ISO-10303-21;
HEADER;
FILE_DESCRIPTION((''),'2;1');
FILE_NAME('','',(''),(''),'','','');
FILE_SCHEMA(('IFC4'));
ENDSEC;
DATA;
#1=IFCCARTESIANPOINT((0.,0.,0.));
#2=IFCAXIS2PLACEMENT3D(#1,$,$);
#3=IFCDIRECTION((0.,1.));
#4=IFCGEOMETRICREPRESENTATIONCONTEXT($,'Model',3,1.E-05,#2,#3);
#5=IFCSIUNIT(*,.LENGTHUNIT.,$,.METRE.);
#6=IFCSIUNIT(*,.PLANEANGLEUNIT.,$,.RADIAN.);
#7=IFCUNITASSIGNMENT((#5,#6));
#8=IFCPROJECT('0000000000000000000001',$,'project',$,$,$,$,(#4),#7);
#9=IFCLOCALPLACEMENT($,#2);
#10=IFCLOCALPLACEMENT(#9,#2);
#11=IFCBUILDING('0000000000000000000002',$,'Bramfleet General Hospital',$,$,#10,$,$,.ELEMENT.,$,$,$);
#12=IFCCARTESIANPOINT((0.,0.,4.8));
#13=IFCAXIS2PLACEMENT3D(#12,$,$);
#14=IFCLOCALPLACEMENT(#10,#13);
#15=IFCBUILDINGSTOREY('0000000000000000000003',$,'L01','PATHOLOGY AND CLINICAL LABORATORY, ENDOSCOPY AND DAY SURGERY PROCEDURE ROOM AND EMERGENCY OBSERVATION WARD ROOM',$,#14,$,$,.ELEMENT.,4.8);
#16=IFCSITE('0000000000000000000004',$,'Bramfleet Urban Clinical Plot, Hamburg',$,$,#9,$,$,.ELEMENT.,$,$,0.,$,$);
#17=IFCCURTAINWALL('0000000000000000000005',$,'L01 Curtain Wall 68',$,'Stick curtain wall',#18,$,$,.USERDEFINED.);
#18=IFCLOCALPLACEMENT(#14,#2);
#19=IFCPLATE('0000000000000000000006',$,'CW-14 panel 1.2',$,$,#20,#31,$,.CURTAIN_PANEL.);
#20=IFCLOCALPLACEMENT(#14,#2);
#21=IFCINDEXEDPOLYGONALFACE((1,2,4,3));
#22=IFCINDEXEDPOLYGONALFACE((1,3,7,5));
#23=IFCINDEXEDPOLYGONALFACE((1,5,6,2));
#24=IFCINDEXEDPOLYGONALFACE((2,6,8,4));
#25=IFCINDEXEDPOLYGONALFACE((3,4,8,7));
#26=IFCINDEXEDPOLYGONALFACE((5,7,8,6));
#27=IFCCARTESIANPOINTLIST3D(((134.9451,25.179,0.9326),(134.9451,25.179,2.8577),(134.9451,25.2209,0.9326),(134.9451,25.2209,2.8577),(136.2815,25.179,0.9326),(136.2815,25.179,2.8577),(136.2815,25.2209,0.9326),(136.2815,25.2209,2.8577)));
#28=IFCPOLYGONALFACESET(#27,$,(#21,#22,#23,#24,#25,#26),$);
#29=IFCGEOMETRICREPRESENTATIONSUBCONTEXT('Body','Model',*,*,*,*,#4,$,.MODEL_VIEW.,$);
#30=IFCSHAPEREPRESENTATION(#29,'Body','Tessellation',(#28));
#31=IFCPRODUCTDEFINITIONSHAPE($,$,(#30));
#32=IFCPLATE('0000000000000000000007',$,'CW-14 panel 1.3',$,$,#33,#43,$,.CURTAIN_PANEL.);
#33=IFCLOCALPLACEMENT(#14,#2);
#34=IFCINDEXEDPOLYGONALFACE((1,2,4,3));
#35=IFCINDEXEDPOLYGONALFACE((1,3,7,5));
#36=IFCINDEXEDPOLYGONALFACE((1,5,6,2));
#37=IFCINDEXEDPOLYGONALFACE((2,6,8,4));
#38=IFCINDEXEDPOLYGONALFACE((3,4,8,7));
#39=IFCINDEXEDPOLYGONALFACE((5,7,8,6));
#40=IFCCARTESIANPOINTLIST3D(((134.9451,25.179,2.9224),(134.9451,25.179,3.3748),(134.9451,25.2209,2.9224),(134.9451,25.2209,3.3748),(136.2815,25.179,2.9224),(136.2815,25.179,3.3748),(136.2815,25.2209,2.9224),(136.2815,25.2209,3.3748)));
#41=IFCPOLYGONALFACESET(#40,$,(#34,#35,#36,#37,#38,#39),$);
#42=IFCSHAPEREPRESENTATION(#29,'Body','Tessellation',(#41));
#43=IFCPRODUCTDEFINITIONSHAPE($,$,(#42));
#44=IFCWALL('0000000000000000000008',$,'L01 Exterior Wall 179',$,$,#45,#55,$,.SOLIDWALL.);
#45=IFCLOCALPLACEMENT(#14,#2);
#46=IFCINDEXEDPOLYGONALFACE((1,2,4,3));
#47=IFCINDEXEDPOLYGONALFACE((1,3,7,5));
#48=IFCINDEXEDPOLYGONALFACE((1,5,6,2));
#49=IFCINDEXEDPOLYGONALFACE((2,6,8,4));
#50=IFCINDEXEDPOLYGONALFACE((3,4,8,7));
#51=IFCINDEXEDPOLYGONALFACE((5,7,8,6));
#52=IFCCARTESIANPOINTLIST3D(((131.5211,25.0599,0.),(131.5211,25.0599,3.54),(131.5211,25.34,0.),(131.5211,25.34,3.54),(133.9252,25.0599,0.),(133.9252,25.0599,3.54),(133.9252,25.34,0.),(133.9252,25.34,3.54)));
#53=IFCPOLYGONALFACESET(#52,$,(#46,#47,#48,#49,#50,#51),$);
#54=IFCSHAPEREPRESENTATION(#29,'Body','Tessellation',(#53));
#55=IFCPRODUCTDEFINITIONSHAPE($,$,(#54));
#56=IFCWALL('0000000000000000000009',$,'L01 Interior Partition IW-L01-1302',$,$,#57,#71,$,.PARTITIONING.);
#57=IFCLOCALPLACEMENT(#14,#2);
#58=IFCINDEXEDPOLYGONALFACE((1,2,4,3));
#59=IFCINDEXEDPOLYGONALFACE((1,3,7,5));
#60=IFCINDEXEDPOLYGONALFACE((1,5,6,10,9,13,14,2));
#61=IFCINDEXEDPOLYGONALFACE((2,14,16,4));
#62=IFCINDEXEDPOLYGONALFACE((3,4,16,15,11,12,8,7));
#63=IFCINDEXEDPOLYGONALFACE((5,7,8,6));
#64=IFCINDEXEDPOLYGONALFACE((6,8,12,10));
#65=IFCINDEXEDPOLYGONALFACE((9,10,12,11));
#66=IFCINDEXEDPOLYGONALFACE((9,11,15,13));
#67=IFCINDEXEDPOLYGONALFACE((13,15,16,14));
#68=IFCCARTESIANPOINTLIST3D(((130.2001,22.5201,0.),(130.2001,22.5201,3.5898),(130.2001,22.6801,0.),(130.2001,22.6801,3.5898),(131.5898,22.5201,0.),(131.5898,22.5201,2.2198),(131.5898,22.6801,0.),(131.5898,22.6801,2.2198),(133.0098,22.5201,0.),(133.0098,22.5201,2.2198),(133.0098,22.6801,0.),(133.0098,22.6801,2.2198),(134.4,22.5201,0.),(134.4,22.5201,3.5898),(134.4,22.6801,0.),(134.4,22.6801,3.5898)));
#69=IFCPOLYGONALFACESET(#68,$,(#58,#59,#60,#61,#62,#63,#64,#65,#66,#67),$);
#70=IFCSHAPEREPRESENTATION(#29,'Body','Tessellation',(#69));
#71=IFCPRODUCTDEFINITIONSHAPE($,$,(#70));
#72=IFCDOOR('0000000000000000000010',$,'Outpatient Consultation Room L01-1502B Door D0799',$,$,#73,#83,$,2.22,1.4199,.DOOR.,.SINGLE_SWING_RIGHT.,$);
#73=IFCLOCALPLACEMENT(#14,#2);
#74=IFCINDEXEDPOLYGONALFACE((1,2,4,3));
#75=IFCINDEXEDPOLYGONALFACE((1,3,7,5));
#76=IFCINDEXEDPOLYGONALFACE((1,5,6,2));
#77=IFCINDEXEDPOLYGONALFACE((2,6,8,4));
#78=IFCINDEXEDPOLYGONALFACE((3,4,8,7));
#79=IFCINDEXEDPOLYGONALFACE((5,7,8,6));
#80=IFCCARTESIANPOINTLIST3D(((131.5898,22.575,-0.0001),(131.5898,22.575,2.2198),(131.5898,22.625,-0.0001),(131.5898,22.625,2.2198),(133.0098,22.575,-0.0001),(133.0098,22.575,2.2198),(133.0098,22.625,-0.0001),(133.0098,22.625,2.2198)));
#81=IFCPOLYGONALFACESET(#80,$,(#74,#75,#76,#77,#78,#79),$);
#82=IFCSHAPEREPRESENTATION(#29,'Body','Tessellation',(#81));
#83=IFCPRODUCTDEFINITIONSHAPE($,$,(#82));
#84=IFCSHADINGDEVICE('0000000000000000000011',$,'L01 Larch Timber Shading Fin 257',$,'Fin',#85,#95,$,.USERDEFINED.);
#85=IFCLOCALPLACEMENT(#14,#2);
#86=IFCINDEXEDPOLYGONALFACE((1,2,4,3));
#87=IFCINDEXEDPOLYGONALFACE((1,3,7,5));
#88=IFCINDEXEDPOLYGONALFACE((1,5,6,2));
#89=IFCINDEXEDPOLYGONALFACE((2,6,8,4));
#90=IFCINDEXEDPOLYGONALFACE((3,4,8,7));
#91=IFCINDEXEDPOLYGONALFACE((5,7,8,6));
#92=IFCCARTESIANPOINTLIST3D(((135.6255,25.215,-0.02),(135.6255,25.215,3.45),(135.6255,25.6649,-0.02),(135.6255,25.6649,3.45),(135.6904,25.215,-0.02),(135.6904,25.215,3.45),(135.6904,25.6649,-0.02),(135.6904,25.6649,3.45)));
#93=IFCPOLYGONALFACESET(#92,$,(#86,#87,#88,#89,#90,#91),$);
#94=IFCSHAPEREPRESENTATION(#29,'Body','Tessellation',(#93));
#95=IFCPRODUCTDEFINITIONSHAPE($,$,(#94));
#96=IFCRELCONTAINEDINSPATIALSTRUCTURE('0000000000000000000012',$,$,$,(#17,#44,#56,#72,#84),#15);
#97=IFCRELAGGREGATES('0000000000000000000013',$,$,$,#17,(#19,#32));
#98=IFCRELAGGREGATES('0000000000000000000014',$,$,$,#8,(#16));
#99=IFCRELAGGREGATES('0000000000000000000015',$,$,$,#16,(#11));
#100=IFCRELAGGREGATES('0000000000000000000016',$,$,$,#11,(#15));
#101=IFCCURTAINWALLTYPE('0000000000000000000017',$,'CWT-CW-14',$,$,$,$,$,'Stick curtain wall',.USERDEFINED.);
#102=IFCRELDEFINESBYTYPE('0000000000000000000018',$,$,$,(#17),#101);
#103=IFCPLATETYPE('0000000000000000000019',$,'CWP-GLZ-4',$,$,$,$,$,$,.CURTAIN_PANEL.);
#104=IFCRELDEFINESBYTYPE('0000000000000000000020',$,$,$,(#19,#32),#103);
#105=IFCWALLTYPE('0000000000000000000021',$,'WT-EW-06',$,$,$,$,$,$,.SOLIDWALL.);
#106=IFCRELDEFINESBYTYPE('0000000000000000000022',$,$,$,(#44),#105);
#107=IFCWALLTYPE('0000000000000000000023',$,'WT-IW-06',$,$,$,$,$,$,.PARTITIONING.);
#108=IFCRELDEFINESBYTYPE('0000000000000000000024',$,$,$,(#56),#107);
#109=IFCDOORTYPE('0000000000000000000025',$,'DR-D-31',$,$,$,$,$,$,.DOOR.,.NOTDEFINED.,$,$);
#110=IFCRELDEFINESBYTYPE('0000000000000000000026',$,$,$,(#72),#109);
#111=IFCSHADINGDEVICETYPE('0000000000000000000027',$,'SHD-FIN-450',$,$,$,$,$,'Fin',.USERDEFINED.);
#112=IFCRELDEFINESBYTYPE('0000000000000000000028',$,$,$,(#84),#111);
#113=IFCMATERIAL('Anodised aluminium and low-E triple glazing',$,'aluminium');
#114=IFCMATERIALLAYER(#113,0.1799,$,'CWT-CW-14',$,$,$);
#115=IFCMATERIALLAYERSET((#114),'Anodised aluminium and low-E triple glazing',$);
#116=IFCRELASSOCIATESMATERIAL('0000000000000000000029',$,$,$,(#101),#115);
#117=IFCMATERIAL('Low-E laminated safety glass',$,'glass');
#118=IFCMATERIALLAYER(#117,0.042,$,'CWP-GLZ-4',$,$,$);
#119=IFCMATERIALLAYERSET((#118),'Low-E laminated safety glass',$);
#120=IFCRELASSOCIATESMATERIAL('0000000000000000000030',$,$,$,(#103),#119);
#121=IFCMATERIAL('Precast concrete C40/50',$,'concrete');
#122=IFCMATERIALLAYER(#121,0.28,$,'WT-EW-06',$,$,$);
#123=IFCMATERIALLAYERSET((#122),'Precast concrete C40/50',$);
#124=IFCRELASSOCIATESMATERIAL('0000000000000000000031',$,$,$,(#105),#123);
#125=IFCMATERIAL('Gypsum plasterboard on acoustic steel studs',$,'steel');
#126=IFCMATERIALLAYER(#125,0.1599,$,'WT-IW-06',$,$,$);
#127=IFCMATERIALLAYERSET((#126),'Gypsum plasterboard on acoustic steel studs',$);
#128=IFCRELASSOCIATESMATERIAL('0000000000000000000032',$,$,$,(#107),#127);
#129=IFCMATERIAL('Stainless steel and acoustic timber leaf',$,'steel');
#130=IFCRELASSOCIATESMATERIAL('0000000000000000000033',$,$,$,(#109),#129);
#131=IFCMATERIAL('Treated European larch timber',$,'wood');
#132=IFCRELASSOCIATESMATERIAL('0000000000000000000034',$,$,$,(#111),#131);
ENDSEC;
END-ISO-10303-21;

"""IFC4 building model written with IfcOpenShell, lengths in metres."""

from ifc_helpers import new_model, si_unit, direction, frame, frame_2d, origin, origin_2d, place, context, subcontext, project, spatial, rectangle, extrude, material, layer, layer_set, material_profile, profile_set, type_object, element, fill, aggregate, save


model = new_model("IFC4")

# Units and contexts
model_context = context("Model", 3, precision=1e-05, world=origin(), true_north=direction((0.0, 1.0)))
body_context = subcontext(model_context, "Body", "Model", "MODEL_VIEW")
ifc_project = project(units=[si_unit("LENGTHUNIT", "METRE"), si_unit("PLANEANGLEUNIT", "RADIAN")], contexts=[model_context])

# Site, building, storey
site_placement = place(None, origin())
site = spatial("IfcSite", under=ifc_project, at=site_placement, Name="Bramfleet Urban Clinical Plot, Hamburg", CompositionType="ELEMENT", RefElevation=0.0)
building_placement = place(site_placement, origin())
building = spatial("IfcBuilding", under=site, at=building_placement, Name="Bramfleet General Hospital", CompositionType="ELEMENT")
storey_placement = place(building_placement, frame((0.0, 0.0, 4.8)))
storey = spatial("IfcBuildingStorey", under=building, at=storey_placement, Name="L01", Description="PATHOLOGY AND CLINICAL LABORATORY, ENDOSCOPY AND DAY SURGERY PROCEDURE ROOM AND EMERGENCY OBSERVATION WARD ROOM", CompositionType="ELEMENT", Elevation=4.8)

# Shared definitions
ifc_material_1 = material(Name="Anodised aluminium and low-E triple glazing", Category="aluminium")

# Curtain wall, plates
ifc_layer_1 = layer(ifc_material_1, 0.1799, Name="CWT-CW-14")
ifc_layer_set_1 = layer_set([ifc_layer_1], Name="Anodised aluminium and low-E triple glazing")
curtain_wall_type_1 = type_object("IfcCurtainWallType", Name="CWT-CW-14", ElementType="Stick curtain wall", PredefinedType="USERDEFINED", material=ifc_layer_set_1)
curtain_wall_1_placement = place(storey_placement, origin())
curtain_wall_1 = element("IfcCurtainWall", 1, at=curtain_wall_1_placement, inside=storey, type_object=curtain_wall_type_1, Name="L01 Curtain Wall 68", ObjectType="Stick curtain wall", PredefinedType="USERDEFINED")
ifc_material_2 = material(Name="Low-E laminated safety glass", Category="glass")
ifc_layer_2 = layer(ifc_material_2, 0.042, Name="CWP-GLZ-4")
ifc_layer_set_2 = layer_set([ifc_layer_2], Name="Low-E laminated safety glass")
plate_type = type_object("IfcPlateType", Name="CWP-GLZ-4", PredefinedType="CURTAIN_PANEL", material=ifc_layer_set_2)
plate_1_placement = place(storey_placement, frame((135.6133, 25.2, 0.9326), z_axis=(0.0, 0.0, 1.0), x_axis=(1.0, 0.0, 0.0)))
plate_1 = element("IfcPlate", 2, at=plate_1_placement, type_object=plate_type, Name="CW-14 panel 1.2", PredefinedType="CURTAIN_PANEL", context=body_context, shape_type="SweptSolid", body=[
    extrude(rectangle(XDim=1.3364, YDim=0.042, at=origin_2d()), origin(), (0.0, 0.0, 1.0), 1.925),
])
plate_2_placement = place(storey_placement, frame((135.6133, 25.2, 2.9224), z_axis=(0.0, 0.0, 1.0), x_axis=(1.0, 0.0, 0.0)))
plate_2 = element("IfcPlate", 3, at=plate_2_placement, type_object=plate_type, Name="CW-14 panel 1.3", PredefinedType="CURTAIN_PANEL", context=body_context, shape_type="SweptSolid", body=[
    extrude(rectangle(XDim=1.3364, YDim=0.042, at=origin_2d()), origin(), (0.0, 0.0, 1.0), 0.4524),
])
aggregate(curtain_wall_1, [plate_1, plate_2])

# Wall
ifc_material_3 = material(Name="Precast concrete C40/50", Category="concrete")
ifc_layer_3 = layer(ifc_material_3, 0.28, Name="WT-EW-06")
ifc_layer_set_3 = layer_set([ifc_layer_3], Name="Precast concrete C40/50")
wall_type_1 = type_object("IfcWallType", Name="WT-EW-06", PredefinedType="SOLIDWALL", material=ifc_layer_set_3)
wall_1_placement = place(storey_placement, frame((131.521, 25.2, 0.0), z_axis=(0.0, 0.0, 1.0), x_axis=(1.0, 0.0, 0.0)))
element("IfcWall", 4, at=wall_1_placement, inside=storey, type_object=wall_type_1, Name="L01 Exterior Wall 179", PredefinedType="SOLIDWALL", context=body_context, shape_type="SweptSolid", body=[
    extrude(rectangle(XDim=2.4041, YDim=0.28, at=frame_2d((1.2021, 0.0))), origin(), (0.0, 0.0, 1.0), 3.54),
])

# Wall, opening, door
ifc_material_4 = material(Name="Gypsum plasterboard on acoustic steel studs", Category="steel")
ifc_layer_4 = layer(ifc_material_4, 0.1599, Name="WT-IW-06")
ifc_layer_set_4 = layer_set([ifc_layer_4], Name="Gypsum plasterboard on acoustic steel studs")
wall_type_2 = type_object("IfcWallType", Name="WT-IW-06", PredefinedType="PARTITIONING", material=ifc_layer_set_4)
wall_2_placement = place(storey_placement, frame((130.2, 22.6001, 0.0), z_axis=(0.0, 0.0, 1.0), x_axis=(1.0, 0.0, 0.0)))
wall_2 = element("IfcWall", 5, at=wall_2_placement, inside=storey, type_object=wall_type_2, Name="L01 Interior Partition IW-L01-1302", PredefinedType="PARTITIONING", context=body_context, shape_type="SweptSolid", body=[
    extrude(rectangle(XDim=4.2, YDim=0.1599, at=frame_2d((2.1001, 0.0))), origin(), (0.0, 0.0, 1.0), 3.5898),
])
opening_placement = place(wall_2_placement, frame((1.3899, 0.0, 0.0)))
opening = element("IfcOpeningElement", 6, at=opening_placement, cuts=wall_2, PredefinedType="OPENING", context=body_context, shape_type="SweptSolid", body=[
    extrude(rectangle(XDim=1.4199, YDim=2.22, at=frame_2d((0.71, 1.1099))), frame((0.0, 0.0898, 0.0), z_axis=(0.0, -1.0, 0.0), x_axis=(1.0, 0.0, 0.0)), (0.0, 0.0, 1.0), 0.1799),
])
ifc_material_5 = material(Name="Stainless steel and acoustic timber leaf", Category="steel")
door_type = type_object("IfcDoorType", Name="DR-D-31", OperationType="NOTDEFINED", PredefinedType="DOOR", material=ifc_material_5)
door_placement = place(opening_placement, origin())
door = element("IfcDoor", 7, at=door_placement, inside=storey, type_object=door_type, Name="Outpatient Consultation Room L01-1502B Door D0799", OperationType="SINGLE_SWING_RIGHT", OverallHeight=2.22, OverallWidth=1.4199, PredefinedType="DOOR", context=body_context, shape_type="SweptSolid", body=[
    extrude(rectangle(XDim=1.4199, YDim=2.22, at=frame_2d((0.71, 1.1099))), frame((0.0, 0.0249, 0.0), z_axis=(0.0, -1.0, 0.0), x_axis=(1.0, 0.0, 0.0)), (0.0, 0.0, 1.0), 0.05),
])
fill(opening, door)

# Shading device
ifc_material_6 = material(Name="Treated European larch timber", Category="wood")
ifc_material_profile_1 = material_profile(ifc_material_6, rectangle(XDim=0.0649, YDim=0.45, at=origin_2d()), Name="LARCH FIN 450x65")
ifc_profile_set_1 = profile_set([ifc_material_profile_1], Name="Treated European larch timber")
shading_device_type = type_object("IfcShadingDeviceType", Name="SHD-FIN-450", ElementType="Fin", PredefinedType="USERDEFINED", material=ifc_profile_set_1)
shading_device_placement = place(storey_placement, frame((135.658, 25.4399, -0.02), z_axis=(0.0, 0.0, 1.0), x_axis=(1.0, 0.0, 0.0)))
element("IfcShadingDevice", 8, at=shading_device_placement, inside=storey, type_object=shading_device_type, Name="L01 Larch Timber Shading Fin 257", ObjectType="Fin", PredefinedType="USERDEFINED", context=body_context, shape_type="SweptSolid", body=[
    extrude(rectangle(XDim=0.0649, YDim=0.45, at=origin_2d()), origin(), (0.0, 0.0, 1.0), 3.47),
])

save(model, "model.ifc")
